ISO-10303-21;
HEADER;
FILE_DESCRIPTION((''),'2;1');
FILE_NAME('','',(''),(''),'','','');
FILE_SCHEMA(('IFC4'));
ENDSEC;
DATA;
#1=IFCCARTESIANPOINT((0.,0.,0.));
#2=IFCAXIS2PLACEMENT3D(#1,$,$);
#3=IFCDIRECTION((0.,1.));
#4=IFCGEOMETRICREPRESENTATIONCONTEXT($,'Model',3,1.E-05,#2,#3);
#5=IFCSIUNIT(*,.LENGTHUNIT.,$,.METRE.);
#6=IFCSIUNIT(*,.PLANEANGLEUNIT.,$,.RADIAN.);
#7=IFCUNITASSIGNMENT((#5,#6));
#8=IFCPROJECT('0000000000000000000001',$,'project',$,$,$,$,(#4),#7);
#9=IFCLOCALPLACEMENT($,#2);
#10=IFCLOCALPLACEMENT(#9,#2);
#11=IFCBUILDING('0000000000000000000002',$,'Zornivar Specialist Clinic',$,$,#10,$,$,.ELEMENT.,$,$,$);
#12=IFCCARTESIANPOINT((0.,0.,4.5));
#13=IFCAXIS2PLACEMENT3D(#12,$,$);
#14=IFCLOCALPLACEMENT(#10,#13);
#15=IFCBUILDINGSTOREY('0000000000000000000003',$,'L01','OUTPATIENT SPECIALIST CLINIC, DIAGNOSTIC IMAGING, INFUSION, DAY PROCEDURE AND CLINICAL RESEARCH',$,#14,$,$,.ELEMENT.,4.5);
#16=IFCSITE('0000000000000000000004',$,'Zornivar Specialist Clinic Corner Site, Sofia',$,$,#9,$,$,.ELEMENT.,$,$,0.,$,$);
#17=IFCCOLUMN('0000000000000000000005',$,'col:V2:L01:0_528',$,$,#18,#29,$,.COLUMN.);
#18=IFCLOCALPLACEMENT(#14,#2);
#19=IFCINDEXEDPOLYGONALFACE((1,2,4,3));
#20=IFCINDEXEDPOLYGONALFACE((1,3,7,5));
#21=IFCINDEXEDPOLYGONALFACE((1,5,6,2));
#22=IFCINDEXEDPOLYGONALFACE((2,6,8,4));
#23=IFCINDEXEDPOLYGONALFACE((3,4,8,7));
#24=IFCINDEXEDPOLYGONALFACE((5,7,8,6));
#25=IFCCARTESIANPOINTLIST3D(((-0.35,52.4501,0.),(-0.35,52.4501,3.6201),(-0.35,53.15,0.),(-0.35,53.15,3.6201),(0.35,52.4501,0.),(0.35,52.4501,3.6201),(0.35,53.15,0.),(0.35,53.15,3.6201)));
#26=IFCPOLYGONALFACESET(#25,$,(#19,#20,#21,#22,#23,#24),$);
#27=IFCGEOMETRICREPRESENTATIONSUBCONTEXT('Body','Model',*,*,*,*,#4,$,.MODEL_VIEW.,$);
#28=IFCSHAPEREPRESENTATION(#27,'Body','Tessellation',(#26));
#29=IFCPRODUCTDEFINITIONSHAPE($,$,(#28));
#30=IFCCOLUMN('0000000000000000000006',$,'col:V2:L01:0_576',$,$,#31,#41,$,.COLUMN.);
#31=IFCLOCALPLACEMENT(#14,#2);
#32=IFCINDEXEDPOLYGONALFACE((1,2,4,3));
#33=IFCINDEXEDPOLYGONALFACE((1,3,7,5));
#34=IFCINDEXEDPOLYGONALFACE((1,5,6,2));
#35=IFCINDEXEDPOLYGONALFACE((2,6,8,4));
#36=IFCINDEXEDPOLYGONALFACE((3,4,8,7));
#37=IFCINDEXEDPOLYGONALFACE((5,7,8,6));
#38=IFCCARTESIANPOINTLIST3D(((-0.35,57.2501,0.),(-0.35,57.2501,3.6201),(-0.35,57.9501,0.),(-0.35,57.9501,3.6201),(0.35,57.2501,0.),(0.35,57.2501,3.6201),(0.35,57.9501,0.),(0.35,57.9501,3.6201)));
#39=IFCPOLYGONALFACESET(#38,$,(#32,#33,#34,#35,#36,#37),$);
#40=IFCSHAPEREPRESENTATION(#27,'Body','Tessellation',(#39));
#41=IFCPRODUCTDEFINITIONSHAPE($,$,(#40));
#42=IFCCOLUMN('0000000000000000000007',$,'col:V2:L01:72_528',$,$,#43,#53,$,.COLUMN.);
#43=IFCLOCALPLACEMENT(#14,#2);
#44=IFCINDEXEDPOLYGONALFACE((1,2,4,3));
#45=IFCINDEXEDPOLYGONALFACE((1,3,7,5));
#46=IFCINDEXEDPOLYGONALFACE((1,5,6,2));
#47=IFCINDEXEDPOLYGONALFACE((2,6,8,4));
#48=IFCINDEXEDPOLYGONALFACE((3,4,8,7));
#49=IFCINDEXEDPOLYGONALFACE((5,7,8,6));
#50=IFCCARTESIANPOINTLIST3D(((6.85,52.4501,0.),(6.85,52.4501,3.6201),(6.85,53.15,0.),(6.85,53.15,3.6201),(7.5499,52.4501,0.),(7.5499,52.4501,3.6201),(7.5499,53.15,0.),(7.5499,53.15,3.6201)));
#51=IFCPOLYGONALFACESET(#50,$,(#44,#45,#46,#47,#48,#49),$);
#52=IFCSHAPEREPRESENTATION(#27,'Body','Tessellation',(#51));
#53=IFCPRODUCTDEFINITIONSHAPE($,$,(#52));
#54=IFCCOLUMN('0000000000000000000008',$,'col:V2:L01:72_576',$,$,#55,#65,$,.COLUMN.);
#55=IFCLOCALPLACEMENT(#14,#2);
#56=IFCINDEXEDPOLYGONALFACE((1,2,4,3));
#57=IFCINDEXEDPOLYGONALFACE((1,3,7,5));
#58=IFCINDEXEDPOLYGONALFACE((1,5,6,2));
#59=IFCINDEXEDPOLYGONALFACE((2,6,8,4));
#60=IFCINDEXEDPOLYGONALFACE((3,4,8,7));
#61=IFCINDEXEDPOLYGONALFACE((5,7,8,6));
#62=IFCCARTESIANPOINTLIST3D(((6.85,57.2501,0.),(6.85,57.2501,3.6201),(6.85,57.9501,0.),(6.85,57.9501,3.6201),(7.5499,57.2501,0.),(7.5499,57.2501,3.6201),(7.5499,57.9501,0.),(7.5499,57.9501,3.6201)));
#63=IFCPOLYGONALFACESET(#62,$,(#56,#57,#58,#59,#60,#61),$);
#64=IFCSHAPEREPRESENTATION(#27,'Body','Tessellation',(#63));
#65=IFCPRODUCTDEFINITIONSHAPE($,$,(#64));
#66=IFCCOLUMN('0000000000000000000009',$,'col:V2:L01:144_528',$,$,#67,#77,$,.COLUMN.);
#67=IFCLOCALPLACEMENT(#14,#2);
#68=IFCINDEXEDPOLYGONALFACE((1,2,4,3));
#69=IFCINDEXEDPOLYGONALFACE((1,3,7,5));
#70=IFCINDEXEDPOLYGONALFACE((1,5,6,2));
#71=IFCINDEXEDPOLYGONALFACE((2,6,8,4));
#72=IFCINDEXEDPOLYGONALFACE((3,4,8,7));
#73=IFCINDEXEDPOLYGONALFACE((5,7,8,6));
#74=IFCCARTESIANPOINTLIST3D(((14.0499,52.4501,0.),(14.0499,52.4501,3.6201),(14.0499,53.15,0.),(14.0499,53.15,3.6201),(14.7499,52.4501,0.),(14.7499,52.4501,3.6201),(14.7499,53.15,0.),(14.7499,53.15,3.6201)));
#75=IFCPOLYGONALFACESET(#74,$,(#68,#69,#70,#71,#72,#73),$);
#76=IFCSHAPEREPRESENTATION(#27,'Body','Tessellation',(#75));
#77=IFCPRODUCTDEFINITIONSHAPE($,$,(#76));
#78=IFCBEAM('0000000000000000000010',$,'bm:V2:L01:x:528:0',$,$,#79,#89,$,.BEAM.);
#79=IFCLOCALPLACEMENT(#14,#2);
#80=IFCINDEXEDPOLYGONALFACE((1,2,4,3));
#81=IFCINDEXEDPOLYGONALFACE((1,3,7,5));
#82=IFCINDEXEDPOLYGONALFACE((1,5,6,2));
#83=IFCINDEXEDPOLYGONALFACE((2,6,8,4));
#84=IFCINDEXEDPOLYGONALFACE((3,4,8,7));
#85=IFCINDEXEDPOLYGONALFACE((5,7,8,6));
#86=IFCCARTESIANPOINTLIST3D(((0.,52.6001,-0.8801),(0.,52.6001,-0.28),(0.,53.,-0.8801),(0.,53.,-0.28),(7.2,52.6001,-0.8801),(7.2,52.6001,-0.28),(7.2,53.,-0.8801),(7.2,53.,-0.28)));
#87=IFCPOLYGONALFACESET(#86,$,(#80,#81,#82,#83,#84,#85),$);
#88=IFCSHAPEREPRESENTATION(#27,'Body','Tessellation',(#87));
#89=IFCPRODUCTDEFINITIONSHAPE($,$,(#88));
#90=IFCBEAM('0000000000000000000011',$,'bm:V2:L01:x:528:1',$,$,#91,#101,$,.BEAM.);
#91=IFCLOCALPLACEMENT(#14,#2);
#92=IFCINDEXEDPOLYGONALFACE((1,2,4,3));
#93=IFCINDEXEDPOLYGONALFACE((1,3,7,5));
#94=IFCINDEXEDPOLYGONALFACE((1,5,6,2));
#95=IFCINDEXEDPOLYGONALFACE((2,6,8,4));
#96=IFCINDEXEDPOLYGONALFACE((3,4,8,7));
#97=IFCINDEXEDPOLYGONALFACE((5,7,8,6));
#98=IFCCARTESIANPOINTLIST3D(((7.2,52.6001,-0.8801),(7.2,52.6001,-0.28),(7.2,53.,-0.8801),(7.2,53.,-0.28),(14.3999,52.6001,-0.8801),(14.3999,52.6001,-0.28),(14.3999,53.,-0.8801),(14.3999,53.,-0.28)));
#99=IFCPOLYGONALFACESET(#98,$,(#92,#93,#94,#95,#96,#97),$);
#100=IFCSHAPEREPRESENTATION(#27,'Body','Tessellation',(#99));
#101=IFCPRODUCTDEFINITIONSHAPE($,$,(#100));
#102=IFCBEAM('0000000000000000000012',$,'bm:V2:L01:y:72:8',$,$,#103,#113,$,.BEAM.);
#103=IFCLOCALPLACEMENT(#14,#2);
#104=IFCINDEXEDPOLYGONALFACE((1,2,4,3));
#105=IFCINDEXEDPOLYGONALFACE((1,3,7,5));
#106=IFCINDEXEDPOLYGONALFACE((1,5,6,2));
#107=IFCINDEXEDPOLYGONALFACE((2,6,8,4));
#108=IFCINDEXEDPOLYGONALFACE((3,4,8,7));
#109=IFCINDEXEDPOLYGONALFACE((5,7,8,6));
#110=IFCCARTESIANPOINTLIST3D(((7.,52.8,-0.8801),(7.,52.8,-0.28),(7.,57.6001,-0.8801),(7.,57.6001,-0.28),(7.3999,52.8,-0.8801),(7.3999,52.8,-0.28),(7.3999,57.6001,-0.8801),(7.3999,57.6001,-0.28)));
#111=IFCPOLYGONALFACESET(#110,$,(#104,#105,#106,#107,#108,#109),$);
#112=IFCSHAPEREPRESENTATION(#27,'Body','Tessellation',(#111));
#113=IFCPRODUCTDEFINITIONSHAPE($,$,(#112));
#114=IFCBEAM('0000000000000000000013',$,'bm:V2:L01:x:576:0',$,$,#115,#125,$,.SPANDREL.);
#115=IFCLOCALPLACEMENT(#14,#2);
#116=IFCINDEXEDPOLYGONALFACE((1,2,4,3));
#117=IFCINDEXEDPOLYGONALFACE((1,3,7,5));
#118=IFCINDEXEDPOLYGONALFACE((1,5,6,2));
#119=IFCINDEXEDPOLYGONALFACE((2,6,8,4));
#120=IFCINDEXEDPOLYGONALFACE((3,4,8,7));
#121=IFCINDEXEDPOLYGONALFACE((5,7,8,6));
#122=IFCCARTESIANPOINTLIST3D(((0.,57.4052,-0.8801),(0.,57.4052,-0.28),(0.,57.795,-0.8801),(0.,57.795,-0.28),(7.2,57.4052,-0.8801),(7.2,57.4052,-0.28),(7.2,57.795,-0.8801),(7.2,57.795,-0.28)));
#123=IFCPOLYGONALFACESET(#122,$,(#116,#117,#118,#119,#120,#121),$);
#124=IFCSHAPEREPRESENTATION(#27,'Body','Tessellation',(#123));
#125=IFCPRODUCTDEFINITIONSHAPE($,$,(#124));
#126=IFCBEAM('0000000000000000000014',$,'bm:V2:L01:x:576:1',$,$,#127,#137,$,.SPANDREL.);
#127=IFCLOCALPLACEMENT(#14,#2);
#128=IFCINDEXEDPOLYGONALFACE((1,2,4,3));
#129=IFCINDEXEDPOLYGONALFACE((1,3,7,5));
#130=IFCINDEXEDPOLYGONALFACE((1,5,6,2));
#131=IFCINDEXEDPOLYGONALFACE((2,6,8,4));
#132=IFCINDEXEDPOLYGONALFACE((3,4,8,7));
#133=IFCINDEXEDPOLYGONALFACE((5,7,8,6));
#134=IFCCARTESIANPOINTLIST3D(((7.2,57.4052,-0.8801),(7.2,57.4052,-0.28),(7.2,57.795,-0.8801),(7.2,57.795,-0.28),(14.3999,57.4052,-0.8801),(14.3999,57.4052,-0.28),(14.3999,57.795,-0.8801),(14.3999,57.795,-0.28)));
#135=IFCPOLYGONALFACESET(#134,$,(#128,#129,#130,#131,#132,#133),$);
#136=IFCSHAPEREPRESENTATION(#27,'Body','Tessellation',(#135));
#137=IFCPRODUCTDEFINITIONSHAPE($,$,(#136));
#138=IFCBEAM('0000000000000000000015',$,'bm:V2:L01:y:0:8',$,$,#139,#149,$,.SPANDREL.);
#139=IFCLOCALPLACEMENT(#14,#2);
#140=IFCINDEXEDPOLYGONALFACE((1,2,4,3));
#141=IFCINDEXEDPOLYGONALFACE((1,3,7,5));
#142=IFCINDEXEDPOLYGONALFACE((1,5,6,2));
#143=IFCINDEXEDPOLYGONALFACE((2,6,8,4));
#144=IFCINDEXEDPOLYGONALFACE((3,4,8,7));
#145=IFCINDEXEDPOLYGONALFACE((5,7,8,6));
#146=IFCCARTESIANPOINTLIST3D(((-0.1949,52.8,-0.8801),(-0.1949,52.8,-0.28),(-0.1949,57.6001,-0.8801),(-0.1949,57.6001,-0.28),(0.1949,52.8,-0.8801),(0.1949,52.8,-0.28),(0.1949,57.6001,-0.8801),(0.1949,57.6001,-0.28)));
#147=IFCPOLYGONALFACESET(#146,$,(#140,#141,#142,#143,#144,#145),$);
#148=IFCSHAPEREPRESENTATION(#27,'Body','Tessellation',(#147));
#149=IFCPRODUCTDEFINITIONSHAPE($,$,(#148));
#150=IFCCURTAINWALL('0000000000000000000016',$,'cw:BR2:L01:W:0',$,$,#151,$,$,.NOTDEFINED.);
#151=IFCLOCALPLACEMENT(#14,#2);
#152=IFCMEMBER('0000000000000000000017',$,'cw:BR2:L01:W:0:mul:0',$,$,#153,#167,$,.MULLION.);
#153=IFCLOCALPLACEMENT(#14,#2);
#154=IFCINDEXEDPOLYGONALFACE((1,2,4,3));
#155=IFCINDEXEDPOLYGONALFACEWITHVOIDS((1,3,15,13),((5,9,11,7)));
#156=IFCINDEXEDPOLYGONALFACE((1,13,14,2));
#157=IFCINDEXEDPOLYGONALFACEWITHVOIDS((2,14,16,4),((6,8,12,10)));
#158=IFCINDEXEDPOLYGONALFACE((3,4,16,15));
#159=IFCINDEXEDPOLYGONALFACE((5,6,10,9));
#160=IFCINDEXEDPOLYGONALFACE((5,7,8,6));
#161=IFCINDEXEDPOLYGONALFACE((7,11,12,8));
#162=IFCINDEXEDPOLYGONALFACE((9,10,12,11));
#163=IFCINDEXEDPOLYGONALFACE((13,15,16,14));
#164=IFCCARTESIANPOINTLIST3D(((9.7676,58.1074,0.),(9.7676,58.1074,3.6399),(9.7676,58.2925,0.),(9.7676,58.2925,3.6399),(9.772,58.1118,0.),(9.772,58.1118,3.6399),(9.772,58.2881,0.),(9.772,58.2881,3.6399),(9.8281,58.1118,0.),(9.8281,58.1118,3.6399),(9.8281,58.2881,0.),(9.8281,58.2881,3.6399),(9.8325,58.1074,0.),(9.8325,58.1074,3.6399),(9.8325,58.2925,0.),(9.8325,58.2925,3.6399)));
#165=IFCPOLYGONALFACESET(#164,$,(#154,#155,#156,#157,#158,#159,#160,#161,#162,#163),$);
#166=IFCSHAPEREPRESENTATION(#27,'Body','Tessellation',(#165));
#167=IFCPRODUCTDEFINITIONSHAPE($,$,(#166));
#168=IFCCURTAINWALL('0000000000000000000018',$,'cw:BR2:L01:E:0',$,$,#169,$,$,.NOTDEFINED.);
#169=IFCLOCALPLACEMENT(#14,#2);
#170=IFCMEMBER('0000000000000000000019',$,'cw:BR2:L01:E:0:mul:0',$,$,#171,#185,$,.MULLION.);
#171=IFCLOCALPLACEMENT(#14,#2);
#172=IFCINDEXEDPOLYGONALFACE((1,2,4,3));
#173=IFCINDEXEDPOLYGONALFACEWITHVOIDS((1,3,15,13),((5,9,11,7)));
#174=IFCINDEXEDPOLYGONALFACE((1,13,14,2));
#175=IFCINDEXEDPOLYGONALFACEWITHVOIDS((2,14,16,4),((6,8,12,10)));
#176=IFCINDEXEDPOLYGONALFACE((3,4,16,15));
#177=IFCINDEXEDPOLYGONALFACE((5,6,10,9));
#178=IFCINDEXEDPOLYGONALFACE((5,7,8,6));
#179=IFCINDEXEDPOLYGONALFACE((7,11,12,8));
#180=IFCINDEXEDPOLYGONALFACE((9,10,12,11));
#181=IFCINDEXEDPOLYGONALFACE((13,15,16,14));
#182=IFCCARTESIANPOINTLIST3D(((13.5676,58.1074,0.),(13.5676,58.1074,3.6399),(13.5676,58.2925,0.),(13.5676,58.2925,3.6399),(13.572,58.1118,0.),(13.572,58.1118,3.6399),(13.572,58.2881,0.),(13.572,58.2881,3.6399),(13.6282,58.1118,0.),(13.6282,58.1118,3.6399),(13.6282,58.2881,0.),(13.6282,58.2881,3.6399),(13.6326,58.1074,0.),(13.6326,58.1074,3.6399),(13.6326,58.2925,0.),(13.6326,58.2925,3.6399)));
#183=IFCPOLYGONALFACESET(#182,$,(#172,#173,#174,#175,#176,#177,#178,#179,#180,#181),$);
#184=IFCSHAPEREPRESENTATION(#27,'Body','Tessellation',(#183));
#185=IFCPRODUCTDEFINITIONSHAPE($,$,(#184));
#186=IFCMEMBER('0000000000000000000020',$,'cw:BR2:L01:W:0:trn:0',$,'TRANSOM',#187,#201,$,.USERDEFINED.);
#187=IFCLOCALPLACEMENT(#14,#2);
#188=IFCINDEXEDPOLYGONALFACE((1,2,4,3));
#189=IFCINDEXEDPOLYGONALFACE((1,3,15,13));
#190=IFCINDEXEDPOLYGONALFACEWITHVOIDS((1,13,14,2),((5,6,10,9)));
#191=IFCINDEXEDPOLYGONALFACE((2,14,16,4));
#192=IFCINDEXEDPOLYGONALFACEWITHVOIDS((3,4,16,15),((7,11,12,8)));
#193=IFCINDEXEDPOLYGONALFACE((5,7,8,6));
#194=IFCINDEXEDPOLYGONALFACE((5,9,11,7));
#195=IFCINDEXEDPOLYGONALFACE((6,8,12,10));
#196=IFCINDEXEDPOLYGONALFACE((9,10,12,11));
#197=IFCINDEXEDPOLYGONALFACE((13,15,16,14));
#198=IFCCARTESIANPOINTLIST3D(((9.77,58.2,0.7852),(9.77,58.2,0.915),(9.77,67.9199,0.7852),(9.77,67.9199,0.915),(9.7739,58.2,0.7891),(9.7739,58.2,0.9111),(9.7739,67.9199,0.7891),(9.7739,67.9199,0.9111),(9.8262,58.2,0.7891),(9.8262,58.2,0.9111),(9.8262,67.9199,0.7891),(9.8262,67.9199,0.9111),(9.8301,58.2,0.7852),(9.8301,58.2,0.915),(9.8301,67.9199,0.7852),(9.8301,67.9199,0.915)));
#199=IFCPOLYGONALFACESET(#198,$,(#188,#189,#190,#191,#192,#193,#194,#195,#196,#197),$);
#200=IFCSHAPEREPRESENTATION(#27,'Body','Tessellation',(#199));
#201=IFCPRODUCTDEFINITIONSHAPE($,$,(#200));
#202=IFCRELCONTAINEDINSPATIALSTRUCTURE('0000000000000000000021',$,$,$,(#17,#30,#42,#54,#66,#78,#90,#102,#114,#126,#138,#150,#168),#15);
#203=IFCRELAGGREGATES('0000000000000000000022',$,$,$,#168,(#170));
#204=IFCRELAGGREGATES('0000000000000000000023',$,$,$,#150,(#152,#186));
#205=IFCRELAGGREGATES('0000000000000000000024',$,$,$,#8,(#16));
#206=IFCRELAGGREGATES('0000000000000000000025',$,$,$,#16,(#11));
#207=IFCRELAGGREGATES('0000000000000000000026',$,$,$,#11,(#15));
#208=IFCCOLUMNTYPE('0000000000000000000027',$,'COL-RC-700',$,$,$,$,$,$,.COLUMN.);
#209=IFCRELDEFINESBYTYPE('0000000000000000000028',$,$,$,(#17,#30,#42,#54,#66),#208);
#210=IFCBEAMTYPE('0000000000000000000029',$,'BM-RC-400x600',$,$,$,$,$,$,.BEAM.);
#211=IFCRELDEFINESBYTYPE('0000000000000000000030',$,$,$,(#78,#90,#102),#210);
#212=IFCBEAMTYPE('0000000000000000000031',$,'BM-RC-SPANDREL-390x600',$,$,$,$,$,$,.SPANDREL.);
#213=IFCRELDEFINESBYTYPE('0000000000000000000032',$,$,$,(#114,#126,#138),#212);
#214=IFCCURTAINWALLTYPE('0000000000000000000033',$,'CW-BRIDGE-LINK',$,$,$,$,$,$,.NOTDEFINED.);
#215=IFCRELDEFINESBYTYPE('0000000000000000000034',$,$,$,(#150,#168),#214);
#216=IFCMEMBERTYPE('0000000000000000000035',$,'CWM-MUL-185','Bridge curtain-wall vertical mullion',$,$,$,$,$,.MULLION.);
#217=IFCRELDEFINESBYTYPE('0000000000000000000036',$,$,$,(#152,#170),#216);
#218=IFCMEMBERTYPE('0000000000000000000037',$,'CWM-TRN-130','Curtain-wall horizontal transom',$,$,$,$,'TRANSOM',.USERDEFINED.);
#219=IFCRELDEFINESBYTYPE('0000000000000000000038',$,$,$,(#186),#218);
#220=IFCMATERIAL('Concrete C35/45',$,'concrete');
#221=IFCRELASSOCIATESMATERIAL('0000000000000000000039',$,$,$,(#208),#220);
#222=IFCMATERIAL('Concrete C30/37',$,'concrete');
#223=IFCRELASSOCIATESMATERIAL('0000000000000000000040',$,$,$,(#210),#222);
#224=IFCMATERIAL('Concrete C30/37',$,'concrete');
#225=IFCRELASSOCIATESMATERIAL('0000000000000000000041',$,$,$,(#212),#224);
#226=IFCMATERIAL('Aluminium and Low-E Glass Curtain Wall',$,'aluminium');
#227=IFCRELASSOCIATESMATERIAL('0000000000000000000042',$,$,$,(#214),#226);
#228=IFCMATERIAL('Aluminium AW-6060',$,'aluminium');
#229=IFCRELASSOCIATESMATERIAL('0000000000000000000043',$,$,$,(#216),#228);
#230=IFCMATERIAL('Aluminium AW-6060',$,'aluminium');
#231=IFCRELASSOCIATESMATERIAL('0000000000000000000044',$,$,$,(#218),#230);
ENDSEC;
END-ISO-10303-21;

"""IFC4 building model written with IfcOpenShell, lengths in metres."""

from ifc_helpers import new_model, si_unit, direction, frame, origin, origin_2d, place, context, subcontext, project, spatial, rectangle, hollow_rectangle, extrude, material, material_profile, profile_set, type_object, element, aggregate, save


model = new_model("IFC4")

# Units and contexts
model_context = context("Model", 3, precision=1e-05, world=origin(), true_north=direction((0.0, 1.0)))
body_context = subcontext(model_context, "Body", "Model", "MODEL_VIEW")
ifc_project = project(units=[si_unit("LENGTHUNIT", "METRE"), si_unit("PLANEANGLEUNIT", "RADIAN")], contexts=[model_context])

# Site, building, storey
site_placement = place(None, origin())
site = spatial("IfcSite", under=ifc_project, at=site_placement, Name="Zornivar Specialist Clinic Corner Site, Sofia", CompositionType="ELEMENT", RefElevation=0.0)
building_placement = place(site_placement, origin())
building = spatial("IfcBuilding", under=site, at=building_placement, Name="Zornivar Specialist Clinic", CompositionType="ELEMENT")
storey_placement = place(building_placement, frame((0.0, 0.0, 4.5)))
storey = spatial("IfcBuildingStorey", under=building, at=storey_placement, Name="L01", Description="OUTPATIENT SPECIALIST CLINIC, DIAGNOSTIC IMAGING, INFUSION, DAY PROCEDURE AND CLINICAL RESEARCH", CompositionType="ELEMENT", Elevation=4.5)

# Columns
ifc_material_1 = material(Name="Concrete C35/45", Category="concrete")
ifc_material_profile_1 = material_profile(ifc_material_1, rectangle(XDim=0.7, YDim=0.7, at=origin_2d()), Name="RC 700x700")
ifc_profile_set_1 = profile_set([ifc_material_profile_1], Name="Concrete C35/45")
column_type = type_object("IfcColumnType", Name="COL-RC-700", PredefinedType="COLUMN", material=ifc_profile_set_1)
for number, where, z_axis, x_axis, name in (
    (1, (0.0, 52.8, 0.0), (0.0, 0.0, 1.0), (1.0, 0.0, 0.0), "col:V2:L01:0_528"),
    (2, (0.0, 57.6001, 0.0), (0.0, 0.0, 1.0), (1.0, 0.0, 0.0), "col:V2:L01:0_576"),
    (3, (7.2, 52.8, 0.0), (0.0, 0.0, 1.0), (1.0, 0.0, 0.0), "col:V2:L01:72_528"),
    (4, (7.2, 57.6001, 0.0), (0.0, 0.0, 1.0), (1.0, 0.0, 0.0), "col:V2:L01:72_576"),
    (5, (14.3999, 52.8, 0.0), (0.0, 0.0, 1.0), (1.0, 0.0, 0.0), "col:V2:L01:144_528"),
):
    element("IfcColumn", number, at=place(storey_placement, frame(where, z_axis=z_axis, x_axis=x_axis)), inside=storey, type_object=column_type, Name=name, PredefinedType="COLUMN", context=body_context, shape_type="SweptSolid", body=[
        extrude(rectangle(XDim=0.7, YDim=0.7, at=origin_2d()), origin(), (0.0, 0.0, 1.0), 3.6201),
    ])

# Beams
ifc_material_2 = material(Name="Concrete C30/37", Category="concrete")
ifc_material_profile_2 = material_profile(ifc_material_2, rectangle(XDim=0.3999, YDim=0.6001, at=origin_2d()), Name="RC 400x600")
ifc_profile_set_2 = profile_set([ifc_material_profile_2], Name="Concrete C30/37")
beam_type_1 = type_object("IfcBeamType", Name="BM-RC-400x600", PredefinedType="BEAM", material=ifc_profile_set_2)
for number, where, z_axis, x_axis, name in (
    (6, (0.0, 52.8, -0.5801), (1.0, 0.0, 0.0), (0.0, 1.0, 0.0), "bm:V2:L01:x:528:0"),
    (7, (7.2, 52.8, -0.5801), (1.0, 0.0, 0.0), (0.0, 1.0, 0.0), "bm:V2:L01:x:528:1"),
):
    element("IfcBeam", number, at=place(storey_placement, frame(where, z_axis=z_axis, x_axis=x_axis)), inside=storey, type_object=beam_type_1, Name=name, PredefinedType="BEAM", context=body_context, shape_type="SweptSolid", body=[
        extrude(rectangle(XDim=0.3999, YDim=0.6001, at=origin_2d()), origin(), (0.0, 0.0, 1.0), 7.2),
    ])
beam_1_placement = place(storey_placement, frame((7.2, 52.8, -0.5801), z_axis=(0.0, 1.0, 0.0), x_axis=(-1.0, 0.0, 0.0)))
element("IfcBeam", 8, at=beam_1_placement, inside=storey, type_object=beam_type_1, Name="bm:V2:L01:y:72:8", PredefinedType="BEAM", context=body_context, shape_type="SweptSolid", body=[
    extrude(rectangle(XDim=0.3999, YDim=0.6001, at=origin_2d()), origin(), (0.0, 0.0, 1.0), 4.8),
])
ifc_material_3 = material(Name="Concrete C30/37", Category="concrete")
ifc_material_profile_3 = material_profile(ifc_material_3, rectangle(XDim=0.3899, YDim=0.6001, at=origin_2d()), Name="RC 390x600")
ifc_profile_set_3 = profile_set([ifc_material_profile_3], Name="Concrete C30/37")
beam_type_2 = type_object("IfcBeamType", Name="BM-RC-SPANDREL-390x600", PredefinedType="SPANDREL", material=ifc_profile_set_3)
for number, where, z_axis, x_axis, name in (
    (9, (0.0, 57.6001, -0.5801), (1.0, 0.0, 0.0), (0.0, 1.0, 0.0), "bm:V2:L01:x:576:0"),
    (10, (7.2, 57.6001, -0.5801), (1.0, 0.0, 0.0), (0.0, 1.0, 0.0), "bm:V2:L01:x:576:1"),
):
    element("IfcBeam", number, at=place(storey_placement, frame(where, z_axis=z_axis, x_axis=x_axis)), inside=storey, type_object=beam_type_2, Name=name, PredefinedType="SPANDREL", context=body_context, shape_type="SweptSolid", body=[
        extrude(rectangle(XDim=0.3899, YDim=0.6001, at=origin_2d()), origin(), (0.0, 0.0, 1.0), 7.2),
    ])
beam_2_placement = place(storey_placement, frame((0.0, 52.8, -0.5801), z_axis=(0.0, 1.0, 0.0), x_axis=(-1.0, 0.0, 0.0)))
element("IfcBeam", 11, at=beam_2_placement, inside=storey, type_object=beam_type_2, Name="bm:V2:L01:y:0:8", PredefinedType="SPANDREL", context=body_context, shape_type="SweptSolid", body=[
    extrude(rectangle(XDim=0.3899, YDim=0.6001, at=origin_2d()), origin(), (0.0, 0.0, 1.0), 4.8),
])

# Curtain walls, members
ifc_material_4 = material(Name="Aluminium and Low-E Glass Curtain Wall", Category="aluminium")
curtain_wall_type = type_object("IfcCurtainWallType", Name="CW-BRIDGE-LINK", PredefinedType="NOTDEFINED", material=ifc_material_4)
curtain_wall_1_placement = place(storey_placement, origin())
curtain_wall_1 = element("IfcCurtainWall", 12, at=curtain_wall_1_placement, inside=storey, type_object=curtain_wall_type, Name="cw:BR2:L01:W:0", PredefinedType="NOTDEFINED")
ifc_material_5 = material(Name="Aluminium AW-6060", Category="aluminium")
ifc_material_profile_4 = material_profile(ifc_material_5, hollow_rectangle(XDim=0.0649, YDim=0.1851, WallThickness=0.0044, at=origin_2d()), Name="ALU 65x185x4.5")
ifc_profile_set_4 = profile_set([ifc_material_profile_4], Name="Aluminium AW-6060")
member_type_1 = type_object("IfcMemberType", Name="CWM-MUL-185", Description="Bridge curtain-wall vertical mullion", PredefinedType="MULLION", material=ifc_profile_set_4)
member_1_placement = place(storey_placement, frame((9.8, 58.2, 0.0), z_axis=(0.0, 0.0, 1.0), x_axis=(1.0, 0.0, 0.0)))
member_1 = element("IfcMember", 13, at=member_1_placement, type_object=member_type_1, Name="cw:BR2:L01:W:0:mul:0", PredefinedType="MULLION", context=body_context, shape_type="SweptSolid", body=[
    extrude(hollow_rectangle(XDim=0.0649, YDim=0.1851, WallThickness=0.0044, at=origin_2d()), origin(), (0.0, 0.0, 1.0), 3.6399),
])
curtain_wall_2_placement = place(storey_placement, origin())
curtain_wall_2 = element("IfcCurtainWall", 14, at=curtain_wall_2_placement, inside=storey, type_object=curtain_wall_type, Name="cw:BR2:L01:E:0", PredefinedType="NOTDEFINED")
member_2_placement = place(storey_placement, frame((13.6001, 58.2, 0.0), z_axis=(0.0, 0.0, 1.0), x_axis=(1.0, 0.0, 0.0)))
member_2 = element("IfcMember", 15, at=member_2_placement, type_object=member_type_1, Name="cw:BR2:L01:E:0:mul:0", PredefinedType="MULLION", context=body_context, shape_type="SweptSolid", body=[
    extrude(hollow_rectangle(XDim=0.0649, YDim=0.1851, WallThickness=0.0044, at=origin_2d()), origin(), (0.0, 0.0, 1.0), 3.6399),
])

# Member
ifc_material_6 = material(Name="Aluminium AW-6060", Category="aluminium")
ifc_material_profile_5 = material_profile(ifc_material_6, hollow_rectangle(XDim=0.0601, YDim=0.1299, WallThickness=0.0039, at=origin_2d()), Name="ALU 60x130x4")
ifc_profile_set_5 = profile_set([ifc_material_profile_5], Name="Aluminium AW-6060")
member_type_2 = type_object("IfcMemberType", Name="CWM-TRN-130", Description="Curtain-wall horizontal transom", ElementType="TRANSOM", PredefinedType="USERDEFINED", material=ifc_profile_set_5)
member_3_placement = place(storey_placement, frame((9.8, 58.2, 0.8501), z_axis=(0.0, 1.0, 0.0), x_axis=(-1.0, 0.0, 0.0)))
member_3 = element("IfcMember", 16, at=member_3_placement, type_object=member_type_2, Name="cw:BR2:L01:W:0:trn:0", ObjectType="TRANSOM", PredefinedType="USERDEFINED", context=body_context, shape_type="SweptSolid", body=[
    extrude(hollow_rectangle(XDim=0.0601, YDim=0.1299, WallThickness=0.0039, at=origin_2d()), origin(), (0.0, 0.0, 1.0), 9.72),
])
aggregate(curtain_wall_2, [member_2])

aggregate(curtain_wall_1, [member_1, member_3])

save(model, "model.ifc")
